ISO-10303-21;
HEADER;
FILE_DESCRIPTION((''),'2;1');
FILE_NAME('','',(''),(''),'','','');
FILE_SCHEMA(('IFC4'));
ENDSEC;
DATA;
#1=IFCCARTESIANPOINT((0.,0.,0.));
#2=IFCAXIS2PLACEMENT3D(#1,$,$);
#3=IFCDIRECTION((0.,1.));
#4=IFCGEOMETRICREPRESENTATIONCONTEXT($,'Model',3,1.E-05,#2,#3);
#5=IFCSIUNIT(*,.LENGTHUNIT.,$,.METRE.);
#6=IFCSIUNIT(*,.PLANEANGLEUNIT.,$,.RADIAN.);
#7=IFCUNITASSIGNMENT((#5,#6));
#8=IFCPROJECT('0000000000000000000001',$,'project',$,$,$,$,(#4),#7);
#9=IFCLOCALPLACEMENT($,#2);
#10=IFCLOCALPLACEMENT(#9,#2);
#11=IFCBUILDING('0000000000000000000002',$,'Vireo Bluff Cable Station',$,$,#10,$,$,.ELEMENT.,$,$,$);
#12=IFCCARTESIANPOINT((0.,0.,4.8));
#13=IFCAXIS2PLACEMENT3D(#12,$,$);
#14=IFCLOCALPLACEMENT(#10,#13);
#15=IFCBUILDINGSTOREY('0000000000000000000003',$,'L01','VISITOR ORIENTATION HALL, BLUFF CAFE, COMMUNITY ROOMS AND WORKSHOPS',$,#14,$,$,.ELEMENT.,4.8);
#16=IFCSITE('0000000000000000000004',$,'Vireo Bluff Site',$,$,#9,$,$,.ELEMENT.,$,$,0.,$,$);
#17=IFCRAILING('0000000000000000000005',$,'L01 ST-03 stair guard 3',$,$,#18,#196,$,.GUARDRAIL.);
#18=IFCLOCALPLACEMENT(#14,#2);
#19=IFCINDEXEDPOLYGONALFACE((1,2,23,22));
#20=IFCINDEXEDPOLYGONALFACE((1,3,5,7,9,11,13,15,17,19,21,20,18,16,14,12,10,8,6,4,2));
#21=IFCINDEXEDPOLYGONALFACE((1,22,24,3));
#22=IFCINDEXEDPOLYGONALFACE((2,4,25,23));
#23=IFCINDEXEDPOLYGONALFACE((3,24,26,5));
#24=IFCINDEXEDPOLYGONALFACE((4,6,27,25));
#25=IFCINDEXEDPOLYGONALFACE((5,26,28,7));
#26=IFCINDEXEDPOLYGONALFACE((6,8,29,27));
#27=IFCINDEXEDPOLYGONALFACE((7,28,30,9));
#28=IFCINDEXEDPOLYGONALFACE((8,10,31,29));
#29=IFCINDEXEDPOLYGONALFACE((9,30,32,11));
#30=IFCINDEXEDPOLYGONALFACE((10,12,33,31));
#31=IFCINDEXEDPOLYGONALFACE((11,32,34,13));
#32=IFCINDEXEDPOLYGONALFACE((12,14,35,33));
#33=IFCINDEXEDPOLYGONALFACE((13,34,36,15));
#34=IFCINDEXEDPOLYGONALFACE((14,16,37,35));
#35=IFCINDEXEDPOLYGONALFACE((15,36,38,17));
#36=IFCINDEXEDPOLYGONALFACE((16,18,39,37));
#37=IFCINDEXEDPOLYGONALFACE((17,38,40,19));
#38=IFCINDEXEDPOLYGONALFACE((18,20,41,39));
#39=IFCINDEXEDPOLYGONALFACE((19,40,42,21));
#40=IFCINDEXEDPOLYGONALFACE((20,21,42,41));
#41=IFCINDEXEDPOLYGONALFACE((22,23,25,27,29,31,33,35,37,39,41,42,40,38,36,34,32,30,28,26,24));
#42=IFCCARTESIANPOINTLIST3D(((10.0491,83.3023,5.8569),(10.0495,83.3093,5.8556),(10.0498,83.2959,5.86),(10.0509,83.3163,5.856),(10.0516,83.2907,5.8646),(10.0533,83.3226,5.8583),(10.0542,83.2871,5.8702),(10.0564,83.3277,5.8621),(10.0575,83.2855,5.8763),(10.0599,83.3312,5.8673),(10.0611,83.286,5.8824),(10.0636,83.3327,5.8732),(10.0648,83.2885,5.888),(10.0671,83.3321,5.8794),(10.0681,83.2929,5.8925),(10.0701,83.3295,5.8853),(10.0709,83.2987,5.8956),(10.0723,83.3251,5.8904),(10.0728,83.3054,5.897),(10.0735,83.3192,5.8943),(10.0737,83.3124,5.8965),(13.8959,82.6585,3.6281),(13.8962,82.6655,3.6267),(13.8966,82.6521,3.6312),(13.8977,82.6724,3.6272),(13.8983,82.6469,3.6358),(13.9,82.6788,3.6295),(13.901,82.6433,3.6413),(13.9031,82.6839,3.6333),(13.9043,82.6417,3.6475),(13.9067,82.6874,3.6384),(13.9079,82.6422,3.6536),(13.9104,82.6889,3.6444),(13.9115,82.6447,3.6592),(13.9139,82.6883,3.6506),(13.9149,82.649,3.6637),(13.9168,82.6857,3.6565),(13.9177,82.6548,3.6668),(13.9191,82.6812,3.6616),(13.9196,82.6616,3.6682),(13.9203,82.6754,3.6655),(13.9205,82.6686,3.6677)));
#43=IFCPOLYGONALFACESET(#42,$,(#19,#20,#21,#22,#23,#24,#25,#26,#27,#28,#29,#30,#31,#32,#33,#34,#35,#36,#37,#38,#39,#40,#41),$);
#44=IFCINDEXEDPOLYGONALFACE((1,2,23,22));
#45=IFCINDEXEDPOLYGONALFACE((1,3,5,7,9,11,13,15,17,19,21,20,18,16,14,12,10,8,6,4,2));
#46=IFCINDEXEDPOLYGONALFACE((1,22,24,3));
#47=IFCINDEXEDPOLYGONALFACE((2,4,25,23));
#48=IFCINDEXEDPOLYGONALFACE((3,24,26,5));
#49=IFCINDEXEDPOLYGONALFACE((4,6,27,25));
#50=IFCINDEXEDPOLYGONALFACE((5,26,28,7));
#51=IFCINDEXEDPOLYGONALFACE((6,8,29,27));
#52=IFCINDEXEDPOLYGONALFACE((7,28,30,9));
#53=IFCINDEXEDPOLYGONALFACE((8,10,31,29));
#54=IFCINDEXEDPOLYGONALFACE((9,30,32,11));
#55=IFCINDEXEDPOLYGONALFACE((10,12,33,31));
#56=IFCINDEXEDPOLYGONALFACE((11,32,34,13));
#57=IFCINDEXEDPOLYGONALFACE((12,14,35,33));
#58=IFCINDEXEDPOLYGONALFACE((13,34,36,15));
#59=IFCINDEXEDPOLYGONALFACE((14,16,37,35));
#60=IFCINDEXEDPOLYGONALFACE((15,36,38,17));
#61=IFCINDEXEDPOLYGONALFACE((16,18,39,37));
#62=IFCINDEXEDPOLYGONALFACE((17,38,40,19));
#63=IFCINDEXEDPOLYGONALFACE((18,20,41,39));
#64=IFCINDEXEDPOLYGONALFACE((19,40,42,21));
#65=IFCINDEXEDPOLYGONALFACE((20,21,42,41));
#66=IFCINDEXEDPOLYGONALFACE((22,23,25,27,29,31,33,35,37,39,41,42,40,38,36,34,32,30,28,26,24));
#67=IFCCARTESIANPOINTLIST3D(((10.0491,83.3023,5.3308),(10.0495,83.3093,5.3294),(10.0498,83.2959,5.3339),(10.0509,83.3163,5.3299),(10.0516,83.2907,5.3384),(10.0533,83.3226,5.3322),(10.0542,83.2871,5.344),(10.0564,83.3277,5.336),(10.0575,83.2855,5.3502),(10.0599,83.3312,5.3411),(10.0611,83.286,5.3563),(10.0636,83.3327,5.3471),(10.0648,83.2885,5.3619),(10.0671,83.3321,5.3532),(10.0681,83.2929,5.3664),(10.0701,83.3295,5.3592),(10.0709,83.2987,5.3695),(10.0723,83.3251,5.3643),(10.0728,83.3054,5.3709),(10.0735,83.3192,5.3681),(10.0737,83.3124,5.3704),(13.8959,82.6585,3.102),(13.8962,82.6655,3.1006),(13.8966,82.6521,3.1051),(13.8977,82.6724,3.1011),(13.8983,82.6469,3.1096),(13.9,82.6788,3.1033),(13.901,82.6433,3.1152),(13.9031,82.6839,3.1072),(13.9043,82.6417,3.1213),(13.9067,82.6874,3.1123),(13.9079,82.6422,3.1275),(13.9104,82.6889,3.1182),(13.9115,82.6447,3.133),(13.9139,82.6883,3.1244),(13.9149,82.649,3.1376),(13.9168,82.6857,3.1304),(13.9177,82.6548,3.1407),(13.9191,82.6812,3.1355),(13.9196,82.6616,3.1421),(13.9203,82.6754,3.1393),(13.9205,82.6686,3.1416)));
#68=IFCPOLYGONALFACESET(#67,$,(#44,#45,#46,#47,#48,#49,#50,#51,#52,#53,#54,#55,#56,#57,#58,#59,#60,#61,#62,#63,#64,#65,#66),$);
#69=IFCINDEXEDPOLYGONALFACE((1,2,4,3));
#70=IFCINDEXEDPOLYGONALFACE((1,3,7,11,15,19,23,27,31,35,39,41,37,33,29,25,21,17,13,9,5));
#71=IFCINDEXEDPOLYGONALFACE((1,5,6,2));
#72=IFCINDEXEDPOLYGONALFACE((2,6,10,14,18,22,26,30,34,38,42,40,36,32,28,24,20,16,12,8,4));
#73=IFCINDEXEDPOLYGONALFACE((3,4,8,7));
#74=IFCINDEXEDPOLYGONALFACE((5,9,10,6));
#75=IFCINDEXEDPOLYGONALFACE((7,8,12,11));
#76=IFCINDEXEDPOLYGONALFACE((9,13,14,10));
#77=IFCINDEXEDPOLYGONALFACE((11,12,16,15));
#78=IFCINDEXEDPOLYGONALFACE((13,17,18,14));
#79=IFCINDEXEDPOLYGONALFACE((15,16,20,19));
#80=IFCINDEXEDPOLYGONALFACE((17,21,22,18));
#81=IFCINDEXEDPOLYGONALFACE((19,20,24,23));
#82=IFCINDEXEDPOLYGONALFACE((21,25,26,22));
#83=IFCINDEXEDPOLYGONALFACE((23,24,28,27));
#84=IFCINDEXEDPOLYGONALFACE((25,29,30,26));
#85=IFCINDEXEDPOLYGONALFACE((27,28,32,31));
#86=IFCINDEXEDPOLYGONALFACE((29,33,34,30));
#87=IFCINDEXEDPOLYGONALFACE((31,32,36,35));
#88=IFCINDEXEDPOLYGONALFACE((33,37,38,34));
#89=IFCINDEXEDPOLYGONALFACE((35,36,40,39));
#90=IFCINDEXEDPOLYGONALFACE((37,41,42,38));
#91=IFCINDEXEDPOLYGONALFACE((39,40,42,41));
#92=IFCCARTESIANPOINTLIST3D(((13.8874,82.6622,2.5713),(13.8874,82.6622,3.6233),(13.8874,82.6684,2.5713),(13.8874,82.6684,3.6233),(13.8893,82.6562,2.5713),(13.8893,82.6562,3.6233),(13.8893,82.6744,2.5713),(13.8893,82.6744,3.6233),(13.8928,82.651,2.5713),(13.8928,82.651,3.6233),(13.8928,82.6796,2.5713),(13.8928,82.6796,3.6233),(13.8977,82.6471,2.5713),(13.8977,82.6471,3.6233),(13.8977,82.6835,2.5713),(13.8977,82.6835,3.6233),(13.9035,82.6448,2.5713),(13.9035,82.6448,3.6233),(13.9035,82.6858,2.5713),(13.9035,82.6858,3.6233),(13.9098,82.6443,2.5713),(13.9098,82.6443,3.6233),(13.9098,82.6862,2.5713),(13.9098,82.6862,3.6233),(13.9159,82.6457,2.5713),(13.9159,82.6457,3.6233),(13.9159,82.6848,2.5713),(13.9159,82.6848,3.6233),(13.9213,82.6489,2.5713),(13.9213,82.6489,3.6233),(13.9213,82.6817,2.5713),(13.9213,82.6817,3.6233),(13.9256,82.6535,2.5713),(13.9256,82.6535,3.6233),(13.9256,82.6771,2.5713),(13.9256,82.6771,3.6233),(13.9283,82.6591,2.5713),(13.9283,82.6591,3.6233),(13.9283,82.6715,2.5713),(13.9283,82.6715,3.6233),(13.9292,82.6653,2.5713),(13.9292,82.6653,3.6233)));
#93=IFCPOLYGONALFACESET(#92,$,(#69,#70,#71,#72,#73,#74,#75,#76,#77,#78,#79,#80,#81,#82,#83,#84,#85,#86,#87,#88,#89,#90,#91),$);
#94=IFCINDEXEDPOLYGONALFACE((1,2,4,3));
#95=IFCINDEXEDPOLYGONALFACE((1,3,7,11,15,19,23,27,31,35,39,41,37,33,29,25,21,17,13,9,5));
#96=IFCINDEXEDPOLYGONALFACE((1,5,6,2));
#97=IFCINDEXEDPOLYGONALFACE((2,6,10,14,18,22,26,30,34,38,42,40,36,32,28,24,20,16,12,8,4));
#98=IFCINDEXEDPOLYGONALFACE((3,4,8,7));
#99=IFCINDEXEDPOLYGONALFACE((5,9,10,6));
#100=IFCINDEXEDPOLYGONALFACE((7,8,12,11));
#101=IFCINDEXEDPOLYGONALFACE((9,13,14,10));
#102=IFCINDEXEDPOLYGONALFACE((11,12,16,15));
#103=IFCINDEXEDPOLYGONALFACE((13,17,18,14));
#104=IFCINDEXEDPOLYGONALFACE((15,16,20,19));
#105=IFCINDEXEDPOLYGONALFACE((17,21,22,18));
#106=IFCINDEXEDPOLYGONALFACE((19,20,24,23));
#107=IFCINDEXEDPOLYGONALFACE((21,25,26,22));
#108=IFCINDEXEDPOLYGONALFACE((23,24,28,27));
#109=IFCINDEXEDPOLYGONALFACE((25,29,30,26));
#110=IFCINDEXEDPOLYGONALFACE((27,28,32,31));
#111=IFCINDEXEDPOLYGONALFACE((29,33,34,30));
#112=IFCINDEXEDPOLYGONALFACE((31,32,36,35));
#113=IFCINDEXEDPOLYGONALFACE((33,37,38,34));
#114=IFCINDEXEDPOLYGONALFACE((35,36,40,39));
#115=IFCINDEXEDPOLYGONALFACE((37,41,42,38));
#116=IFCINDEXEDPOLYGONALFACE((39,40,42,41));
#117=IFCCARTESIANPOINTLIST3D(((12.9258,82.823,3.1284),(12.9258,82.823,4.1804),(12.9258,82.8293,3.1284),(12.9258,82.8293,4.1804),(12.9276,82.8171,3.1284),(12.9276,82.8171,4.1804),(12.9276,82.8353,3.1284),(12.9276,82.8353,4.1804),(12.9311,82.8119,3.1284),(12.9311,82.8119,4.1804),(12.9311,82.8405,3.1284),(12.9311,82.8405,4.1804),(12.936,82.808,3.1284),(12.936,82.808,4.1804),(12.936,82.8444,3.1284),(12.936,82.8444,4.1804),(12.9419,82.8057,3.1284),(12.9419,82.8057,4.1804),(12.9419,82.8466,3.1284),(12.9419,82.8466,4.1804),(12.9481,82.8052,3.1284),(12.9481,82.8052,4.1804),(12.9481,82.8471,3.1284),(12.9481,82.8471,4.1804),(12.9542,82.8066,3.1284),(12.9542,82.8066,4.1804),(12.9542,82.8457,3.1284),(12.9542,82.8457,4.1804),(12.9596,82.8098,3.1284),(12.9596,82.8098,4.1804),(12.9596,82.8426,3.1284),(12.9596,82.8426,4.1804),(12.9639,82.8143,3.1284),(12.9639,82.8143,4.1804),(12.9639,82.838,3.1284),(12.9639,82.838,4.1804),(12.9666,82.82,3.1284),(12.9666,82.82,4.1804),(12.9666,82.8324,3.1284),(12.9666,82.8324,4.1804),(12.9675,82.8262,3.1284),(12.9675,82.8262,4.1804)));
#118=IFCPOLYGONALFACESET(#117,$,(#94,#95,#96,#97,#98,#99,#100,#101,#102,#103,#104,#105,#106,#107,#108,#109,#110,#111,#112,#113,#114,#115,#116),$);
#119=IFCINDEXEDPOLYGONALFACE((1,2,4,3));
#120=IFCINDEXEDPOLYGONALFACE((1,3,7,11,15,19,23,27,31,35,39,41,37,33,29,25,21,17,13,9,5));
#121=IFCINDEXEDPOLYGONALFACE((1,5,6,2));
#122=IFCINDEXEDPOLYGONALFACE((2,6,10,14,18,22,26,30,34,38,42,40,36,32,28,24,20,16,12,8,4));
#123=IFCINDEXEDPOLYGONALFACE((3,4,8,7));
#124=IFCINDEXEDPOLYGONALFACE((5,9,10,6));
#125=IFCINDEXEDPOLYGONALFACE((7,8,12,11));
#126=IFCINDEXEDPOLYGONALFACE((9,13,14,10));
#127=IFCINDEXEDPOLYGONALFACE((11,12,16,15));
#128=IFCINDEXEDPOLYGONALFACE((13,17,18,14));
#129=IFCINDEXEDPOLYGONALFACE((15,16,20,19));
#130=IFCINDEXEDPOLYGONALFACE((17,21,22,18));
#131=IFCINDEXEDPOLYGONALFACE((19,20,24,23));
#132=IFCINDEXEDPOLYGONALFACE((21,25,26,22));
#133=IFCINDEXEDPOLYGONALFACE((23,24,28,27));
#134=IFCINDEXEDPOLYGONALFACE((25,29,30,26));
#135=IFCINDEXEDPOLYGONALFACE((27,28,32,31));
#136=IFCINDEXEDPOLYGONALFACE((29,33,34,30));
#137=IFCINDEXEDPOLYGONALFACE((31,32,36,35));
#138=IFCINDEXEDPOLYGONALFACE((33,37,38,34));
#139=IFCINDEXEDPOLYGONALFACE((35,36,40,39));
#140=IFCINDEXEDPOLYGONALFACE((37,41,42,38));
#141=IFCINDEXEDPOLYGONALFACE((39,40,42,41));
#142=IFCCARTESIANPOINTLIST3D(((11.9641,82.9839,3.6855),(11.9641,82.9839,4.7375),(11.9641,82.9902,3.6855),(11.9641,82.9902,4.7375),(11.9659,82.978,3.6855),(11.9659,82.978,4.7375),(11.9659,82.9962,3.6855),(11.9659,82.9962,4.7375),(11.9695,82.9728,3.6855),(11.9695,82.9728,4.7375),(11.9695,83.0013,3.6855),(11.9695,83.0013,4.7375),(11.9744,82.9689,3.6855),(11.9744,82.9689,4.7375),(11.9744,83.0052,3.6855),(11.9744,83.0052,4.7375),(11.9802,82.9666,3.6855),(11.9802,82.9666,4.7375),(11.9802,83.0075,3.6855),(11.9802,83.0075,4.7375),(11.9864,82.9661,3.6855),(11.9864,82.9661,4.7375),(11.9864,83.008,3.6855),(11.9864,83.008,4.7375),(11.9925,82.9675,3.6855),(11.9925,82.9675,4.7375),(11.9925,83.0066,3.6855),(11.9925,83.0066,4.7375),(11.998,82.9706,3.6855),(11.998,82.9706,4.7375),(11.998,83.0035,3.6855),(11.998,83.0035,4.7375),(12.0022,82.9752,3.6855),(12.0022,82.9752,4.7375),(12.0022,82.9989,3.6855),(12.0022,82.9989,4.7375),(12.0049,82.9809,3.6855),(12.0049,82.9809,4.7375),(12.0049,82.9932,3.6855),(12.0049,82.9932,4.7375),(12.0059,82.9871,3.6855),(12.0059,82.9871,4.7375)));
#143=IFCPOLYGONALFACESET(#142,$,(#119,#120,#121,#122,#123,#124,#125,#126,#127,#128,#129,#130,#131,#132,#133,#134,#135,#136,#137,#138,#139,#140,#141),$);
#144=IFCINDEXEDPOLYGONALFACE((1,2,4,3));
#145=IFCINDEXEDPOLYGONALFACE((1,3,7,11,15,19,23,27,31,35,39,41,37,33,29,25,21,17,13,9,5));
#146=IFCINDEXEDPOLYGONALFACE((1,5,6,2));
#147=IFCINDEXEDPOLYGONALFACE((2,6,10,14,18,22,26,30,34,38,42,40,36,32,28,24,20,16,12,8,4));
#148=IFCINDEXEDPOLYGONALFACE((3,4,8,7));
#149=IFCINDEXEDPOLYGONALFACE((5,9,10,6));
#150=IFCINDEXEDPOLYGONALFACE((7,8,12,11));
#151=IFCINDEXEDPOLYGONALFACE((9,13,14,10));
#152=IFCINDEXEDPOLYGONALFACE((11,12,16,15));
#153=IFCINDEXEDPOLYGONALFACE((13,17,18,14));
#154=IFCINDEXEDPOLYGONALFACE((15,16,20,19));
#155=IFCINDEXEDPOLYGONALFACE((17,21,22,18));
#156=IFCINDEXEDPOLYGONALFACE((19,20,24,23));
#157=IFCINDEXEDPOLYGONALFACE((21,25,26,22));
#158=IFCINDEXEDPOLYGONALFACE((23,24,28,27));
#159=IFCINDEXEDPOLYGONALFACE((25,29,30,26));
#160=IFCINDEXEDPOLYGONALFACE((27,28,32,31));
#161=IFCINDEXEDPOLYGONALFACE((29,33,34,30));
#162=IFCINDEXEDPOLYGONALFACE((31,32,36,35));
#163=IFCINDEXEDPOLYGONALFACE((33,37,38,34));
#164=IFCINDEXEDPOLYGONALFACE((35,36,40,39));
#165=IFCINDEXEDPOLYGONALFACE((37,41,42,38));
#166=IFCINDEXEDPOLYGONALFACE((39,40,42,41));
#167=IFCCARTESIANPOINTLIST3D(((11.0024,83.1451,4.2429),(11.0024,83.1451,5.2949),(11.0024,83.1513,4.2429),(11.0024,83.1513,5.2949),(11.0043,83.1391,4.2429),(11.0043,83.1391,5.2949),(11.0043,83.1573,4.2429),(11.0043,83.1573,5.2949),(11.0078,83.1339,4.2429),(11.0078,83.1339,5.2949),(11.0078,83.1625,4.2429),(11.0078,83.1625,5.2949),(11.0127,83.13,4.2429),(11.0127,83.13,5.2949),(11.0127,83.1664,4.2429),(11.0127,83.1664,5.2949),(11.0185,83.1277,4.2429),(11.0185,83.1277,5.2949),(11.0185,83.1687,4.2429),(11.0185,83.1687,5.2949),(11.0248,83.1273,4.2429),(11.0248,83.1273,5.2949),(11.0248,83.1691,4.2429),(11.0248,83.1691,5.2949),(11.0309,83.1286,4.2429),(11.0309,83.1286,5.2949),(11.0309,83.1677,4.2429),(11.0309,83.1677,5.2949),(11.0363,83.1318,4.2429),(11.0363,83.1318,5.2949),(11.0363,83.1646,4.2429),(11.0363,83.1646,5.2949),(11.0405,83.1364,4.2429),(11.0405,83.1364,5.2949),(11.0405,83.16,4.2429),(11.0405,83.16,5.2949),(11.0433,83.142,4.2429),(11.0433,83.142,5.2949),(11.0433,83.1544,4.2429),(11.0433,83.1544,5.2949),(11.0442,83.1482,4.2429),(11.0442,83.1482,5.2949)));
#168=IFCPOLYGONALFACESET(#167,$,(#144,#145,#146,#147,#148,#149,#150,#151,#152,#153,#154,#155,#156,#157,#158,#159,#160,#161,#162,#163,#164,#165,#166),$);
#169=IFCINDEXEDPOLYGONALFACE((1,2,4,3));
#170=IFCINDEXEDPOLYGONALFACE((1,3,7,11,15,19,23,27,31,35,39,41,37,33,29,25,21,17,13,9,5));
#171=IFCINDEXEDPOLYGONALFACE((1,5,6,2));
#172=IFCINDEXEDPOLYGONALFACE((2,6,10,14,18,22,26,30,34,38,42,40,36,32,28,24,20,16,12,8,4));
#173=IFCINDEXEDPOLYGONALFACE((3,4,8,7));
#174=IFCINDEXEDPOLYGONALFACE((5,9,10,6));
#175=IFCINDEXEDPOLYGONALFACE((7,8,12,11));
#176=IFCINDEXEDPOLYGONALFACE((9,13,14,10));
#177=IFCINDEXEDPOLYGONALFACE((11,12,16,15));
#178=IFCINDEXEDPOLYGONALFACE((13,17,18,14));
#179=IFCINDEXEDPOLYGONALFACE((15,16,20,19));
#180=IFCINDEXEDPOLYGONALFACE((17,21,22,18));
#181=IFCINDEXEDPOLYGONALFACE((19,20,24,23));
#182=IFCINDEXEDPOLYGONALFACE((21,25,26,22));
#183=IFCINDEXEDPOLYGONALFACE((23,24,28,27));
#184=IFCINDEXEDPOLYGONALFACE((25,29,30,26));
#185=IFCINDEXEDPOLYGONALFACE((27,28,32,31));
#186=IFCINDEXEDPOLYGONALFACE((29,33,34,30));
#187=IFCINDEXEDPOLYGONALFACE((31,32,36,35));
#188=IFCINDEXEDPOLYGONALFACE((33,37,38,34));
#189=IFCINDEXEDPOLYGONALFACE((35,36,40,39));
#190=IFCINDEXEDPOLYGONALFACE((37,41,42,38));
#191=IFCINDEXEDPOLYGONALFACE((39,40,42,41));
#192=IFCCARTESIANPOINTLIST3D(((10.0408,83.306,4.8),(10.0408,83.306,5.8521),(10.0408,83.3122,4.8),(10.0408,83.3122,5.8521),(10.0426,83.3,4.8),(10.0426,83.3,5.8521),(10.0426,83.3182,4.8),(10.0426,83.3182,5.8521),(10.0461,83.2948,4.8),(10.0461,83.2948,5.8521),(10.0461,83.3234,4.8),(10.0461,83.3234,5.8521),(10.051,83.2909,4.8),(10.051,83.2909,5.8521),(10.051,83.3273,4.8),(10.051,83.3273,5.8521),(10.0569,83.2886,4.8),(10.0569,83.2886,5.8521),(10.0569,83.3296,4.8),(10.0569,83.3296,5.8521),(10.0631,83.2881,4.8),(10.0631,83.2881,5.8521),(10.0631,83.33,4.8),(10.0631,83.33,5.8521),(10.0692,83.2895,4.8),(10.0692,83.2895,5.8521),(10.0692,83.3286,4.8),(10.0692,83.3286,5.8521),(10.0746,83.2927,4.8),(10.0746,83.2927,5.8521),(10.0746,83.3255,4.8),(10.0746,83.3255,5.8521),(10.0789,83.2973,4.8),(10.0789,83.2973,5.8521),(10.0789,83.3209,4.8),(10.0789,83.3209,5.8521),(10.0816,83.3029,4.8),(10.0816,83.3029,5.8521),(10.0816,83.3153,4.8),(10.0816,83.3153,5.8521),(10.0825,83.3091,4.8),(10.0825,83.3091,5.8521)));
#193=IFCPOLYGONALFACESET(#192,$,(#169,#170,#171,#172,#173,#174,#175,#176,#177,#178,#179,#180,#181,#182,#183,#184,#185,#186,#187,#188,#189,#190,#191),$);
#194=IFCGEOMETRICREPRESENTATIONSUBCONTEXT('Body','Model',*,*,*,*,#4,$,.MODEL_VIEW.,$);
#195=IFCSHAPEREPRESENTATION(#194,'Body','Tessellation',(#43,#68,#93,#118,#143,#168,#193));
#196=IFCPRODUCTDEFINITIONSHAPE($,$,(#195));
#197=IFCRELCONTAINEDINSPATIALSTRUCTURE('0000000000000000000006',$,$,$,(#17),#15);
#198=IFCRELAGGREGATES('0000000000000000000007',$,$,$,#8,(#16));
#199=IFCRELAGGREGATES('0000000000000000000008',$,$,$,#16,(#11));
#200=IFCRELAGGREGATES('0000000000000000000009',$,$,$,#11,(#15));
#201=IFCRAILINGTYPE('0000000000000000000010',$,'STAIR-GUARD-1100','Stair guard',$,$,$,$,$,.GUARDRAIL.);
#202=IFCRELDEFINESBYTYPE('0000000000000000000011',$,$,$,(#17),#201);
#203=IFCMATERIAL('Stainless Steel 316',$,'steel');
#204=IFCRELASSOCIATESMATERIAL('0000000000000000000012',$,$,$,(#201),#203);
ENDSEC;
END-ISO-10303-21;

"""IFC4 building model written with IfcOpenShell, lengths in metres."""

from ifc_helpers import new_model, si_unit, direction, frame, origin, origin_2d, place, context, subcontext, project, spatial, circle, extrude, material, type_object, element, save


model = new_model("IFC4")

# Units and contexts
model_context = context("Model", 3, precision=1e-05, world=origin(), true_north=direction((0.0, 1.0)))
body_context = subcontext(model_context, "Body", "Model", "MODEL_VIEW")
ifc_project = project(units=[si_unit("LENGTHUNIT", "METRE"), si_unit("PLANEANGLEUNIT", "RADIAN")], contexts=[model_context])

# Site, building, storey
site_placement = place(None, origin())
site = spatial("IfcSite", under=ifc_project, at=site_placement, Name="Vireo Bluff Site", CompositionType="ELEMENT", RefElevation=0.0)
building_placement = place(site_placement, origin())
building = spatial("IfcBuilding", under=site, at=building_placement, Name="Vireo Bluff Cable Station", CompositionType="ELEMENT")
storey_placement = place(building_placement, frame((0.0, 0.0, 4.8)))
storey = spatial("IfcBuildingStorey", under=building, at=storey_placement, Name="L01", Description="VISITOR ORIENTATION HALL, BLUFF CAFE, COMMUNITY ROOMS AND WORKSHOPS", CompositionType="ELEMENT", Elevation=4.8)

# Shared definitions
ifc_material_1 = material(Name="Stainless Steel 316", Category="steel")

# Railing
railing_type_1 = type_object("IfcRailingType", Name="STAIR-GUARD-1100", Description="Stair guard", PredefinedType="GUARDRAIL", material=ifc_material_1)
railing_1_placement = place(storey_placement, frame((13.9082, 82.6653, 2.5713)))
element("IfcRailing", 1, at=railing_1_placement, inside=storey, type_object=railing_type_1, Name="L01 ST-03 stair guard 3", PredefinedType="GUARDRAIL", context=body_context, shape_type="SweptSolid", body=[
    extrude(circle(Radius=0.0239, at=origin_2d()), frame((0.0, 0.0, 1.0762), z_axis=(-0.856325, 0.143319, 0.496153), x_axis=(-0.165069, -0.986282, 0.0)), (0.0, 0.0, 1.0), 4.4922),
    extrude(circle(Radius=0.0239, at=origin_2d()), frame((0.0, 0.0, 0.55), z_axis=(-0.856325, 0.143319, 0.496153), x_axis=(-0.165069, -0.986282, 0.0)), (0.0, 0.0, 1.0), 4.4922),
    extrude(circle(Radius=0.021, at=origin_2d()), origin(), (0.0, 0.0, 1.0), 1.052),
    extrude(circle(Radius=0.021, at=origin_2d()), frame((-0.9617, 0.1609, 0.5571)), (0.0, 0.0, 1.0), 1.052),
    extrude(circle(Radius=0.021, at=origin_2d()), frame((-1.9233, 0.3218, 1.1143)), (0.0, 0.0, 1.0), 1.052),
    extrude(circle(Radius=0.021, at=origin_2d()), frame((-2.885, 0.4829, 1.6716)), (0.0, 0.0, 1.0), 1.052),
    extrude(circle(Radius=0.021, at=origin_2d()), frame((-3.8467, 0.6438, 2.2288)), (0.0, 0.0, 1.0), 1.052),
])

save(model, "model.ifc")
